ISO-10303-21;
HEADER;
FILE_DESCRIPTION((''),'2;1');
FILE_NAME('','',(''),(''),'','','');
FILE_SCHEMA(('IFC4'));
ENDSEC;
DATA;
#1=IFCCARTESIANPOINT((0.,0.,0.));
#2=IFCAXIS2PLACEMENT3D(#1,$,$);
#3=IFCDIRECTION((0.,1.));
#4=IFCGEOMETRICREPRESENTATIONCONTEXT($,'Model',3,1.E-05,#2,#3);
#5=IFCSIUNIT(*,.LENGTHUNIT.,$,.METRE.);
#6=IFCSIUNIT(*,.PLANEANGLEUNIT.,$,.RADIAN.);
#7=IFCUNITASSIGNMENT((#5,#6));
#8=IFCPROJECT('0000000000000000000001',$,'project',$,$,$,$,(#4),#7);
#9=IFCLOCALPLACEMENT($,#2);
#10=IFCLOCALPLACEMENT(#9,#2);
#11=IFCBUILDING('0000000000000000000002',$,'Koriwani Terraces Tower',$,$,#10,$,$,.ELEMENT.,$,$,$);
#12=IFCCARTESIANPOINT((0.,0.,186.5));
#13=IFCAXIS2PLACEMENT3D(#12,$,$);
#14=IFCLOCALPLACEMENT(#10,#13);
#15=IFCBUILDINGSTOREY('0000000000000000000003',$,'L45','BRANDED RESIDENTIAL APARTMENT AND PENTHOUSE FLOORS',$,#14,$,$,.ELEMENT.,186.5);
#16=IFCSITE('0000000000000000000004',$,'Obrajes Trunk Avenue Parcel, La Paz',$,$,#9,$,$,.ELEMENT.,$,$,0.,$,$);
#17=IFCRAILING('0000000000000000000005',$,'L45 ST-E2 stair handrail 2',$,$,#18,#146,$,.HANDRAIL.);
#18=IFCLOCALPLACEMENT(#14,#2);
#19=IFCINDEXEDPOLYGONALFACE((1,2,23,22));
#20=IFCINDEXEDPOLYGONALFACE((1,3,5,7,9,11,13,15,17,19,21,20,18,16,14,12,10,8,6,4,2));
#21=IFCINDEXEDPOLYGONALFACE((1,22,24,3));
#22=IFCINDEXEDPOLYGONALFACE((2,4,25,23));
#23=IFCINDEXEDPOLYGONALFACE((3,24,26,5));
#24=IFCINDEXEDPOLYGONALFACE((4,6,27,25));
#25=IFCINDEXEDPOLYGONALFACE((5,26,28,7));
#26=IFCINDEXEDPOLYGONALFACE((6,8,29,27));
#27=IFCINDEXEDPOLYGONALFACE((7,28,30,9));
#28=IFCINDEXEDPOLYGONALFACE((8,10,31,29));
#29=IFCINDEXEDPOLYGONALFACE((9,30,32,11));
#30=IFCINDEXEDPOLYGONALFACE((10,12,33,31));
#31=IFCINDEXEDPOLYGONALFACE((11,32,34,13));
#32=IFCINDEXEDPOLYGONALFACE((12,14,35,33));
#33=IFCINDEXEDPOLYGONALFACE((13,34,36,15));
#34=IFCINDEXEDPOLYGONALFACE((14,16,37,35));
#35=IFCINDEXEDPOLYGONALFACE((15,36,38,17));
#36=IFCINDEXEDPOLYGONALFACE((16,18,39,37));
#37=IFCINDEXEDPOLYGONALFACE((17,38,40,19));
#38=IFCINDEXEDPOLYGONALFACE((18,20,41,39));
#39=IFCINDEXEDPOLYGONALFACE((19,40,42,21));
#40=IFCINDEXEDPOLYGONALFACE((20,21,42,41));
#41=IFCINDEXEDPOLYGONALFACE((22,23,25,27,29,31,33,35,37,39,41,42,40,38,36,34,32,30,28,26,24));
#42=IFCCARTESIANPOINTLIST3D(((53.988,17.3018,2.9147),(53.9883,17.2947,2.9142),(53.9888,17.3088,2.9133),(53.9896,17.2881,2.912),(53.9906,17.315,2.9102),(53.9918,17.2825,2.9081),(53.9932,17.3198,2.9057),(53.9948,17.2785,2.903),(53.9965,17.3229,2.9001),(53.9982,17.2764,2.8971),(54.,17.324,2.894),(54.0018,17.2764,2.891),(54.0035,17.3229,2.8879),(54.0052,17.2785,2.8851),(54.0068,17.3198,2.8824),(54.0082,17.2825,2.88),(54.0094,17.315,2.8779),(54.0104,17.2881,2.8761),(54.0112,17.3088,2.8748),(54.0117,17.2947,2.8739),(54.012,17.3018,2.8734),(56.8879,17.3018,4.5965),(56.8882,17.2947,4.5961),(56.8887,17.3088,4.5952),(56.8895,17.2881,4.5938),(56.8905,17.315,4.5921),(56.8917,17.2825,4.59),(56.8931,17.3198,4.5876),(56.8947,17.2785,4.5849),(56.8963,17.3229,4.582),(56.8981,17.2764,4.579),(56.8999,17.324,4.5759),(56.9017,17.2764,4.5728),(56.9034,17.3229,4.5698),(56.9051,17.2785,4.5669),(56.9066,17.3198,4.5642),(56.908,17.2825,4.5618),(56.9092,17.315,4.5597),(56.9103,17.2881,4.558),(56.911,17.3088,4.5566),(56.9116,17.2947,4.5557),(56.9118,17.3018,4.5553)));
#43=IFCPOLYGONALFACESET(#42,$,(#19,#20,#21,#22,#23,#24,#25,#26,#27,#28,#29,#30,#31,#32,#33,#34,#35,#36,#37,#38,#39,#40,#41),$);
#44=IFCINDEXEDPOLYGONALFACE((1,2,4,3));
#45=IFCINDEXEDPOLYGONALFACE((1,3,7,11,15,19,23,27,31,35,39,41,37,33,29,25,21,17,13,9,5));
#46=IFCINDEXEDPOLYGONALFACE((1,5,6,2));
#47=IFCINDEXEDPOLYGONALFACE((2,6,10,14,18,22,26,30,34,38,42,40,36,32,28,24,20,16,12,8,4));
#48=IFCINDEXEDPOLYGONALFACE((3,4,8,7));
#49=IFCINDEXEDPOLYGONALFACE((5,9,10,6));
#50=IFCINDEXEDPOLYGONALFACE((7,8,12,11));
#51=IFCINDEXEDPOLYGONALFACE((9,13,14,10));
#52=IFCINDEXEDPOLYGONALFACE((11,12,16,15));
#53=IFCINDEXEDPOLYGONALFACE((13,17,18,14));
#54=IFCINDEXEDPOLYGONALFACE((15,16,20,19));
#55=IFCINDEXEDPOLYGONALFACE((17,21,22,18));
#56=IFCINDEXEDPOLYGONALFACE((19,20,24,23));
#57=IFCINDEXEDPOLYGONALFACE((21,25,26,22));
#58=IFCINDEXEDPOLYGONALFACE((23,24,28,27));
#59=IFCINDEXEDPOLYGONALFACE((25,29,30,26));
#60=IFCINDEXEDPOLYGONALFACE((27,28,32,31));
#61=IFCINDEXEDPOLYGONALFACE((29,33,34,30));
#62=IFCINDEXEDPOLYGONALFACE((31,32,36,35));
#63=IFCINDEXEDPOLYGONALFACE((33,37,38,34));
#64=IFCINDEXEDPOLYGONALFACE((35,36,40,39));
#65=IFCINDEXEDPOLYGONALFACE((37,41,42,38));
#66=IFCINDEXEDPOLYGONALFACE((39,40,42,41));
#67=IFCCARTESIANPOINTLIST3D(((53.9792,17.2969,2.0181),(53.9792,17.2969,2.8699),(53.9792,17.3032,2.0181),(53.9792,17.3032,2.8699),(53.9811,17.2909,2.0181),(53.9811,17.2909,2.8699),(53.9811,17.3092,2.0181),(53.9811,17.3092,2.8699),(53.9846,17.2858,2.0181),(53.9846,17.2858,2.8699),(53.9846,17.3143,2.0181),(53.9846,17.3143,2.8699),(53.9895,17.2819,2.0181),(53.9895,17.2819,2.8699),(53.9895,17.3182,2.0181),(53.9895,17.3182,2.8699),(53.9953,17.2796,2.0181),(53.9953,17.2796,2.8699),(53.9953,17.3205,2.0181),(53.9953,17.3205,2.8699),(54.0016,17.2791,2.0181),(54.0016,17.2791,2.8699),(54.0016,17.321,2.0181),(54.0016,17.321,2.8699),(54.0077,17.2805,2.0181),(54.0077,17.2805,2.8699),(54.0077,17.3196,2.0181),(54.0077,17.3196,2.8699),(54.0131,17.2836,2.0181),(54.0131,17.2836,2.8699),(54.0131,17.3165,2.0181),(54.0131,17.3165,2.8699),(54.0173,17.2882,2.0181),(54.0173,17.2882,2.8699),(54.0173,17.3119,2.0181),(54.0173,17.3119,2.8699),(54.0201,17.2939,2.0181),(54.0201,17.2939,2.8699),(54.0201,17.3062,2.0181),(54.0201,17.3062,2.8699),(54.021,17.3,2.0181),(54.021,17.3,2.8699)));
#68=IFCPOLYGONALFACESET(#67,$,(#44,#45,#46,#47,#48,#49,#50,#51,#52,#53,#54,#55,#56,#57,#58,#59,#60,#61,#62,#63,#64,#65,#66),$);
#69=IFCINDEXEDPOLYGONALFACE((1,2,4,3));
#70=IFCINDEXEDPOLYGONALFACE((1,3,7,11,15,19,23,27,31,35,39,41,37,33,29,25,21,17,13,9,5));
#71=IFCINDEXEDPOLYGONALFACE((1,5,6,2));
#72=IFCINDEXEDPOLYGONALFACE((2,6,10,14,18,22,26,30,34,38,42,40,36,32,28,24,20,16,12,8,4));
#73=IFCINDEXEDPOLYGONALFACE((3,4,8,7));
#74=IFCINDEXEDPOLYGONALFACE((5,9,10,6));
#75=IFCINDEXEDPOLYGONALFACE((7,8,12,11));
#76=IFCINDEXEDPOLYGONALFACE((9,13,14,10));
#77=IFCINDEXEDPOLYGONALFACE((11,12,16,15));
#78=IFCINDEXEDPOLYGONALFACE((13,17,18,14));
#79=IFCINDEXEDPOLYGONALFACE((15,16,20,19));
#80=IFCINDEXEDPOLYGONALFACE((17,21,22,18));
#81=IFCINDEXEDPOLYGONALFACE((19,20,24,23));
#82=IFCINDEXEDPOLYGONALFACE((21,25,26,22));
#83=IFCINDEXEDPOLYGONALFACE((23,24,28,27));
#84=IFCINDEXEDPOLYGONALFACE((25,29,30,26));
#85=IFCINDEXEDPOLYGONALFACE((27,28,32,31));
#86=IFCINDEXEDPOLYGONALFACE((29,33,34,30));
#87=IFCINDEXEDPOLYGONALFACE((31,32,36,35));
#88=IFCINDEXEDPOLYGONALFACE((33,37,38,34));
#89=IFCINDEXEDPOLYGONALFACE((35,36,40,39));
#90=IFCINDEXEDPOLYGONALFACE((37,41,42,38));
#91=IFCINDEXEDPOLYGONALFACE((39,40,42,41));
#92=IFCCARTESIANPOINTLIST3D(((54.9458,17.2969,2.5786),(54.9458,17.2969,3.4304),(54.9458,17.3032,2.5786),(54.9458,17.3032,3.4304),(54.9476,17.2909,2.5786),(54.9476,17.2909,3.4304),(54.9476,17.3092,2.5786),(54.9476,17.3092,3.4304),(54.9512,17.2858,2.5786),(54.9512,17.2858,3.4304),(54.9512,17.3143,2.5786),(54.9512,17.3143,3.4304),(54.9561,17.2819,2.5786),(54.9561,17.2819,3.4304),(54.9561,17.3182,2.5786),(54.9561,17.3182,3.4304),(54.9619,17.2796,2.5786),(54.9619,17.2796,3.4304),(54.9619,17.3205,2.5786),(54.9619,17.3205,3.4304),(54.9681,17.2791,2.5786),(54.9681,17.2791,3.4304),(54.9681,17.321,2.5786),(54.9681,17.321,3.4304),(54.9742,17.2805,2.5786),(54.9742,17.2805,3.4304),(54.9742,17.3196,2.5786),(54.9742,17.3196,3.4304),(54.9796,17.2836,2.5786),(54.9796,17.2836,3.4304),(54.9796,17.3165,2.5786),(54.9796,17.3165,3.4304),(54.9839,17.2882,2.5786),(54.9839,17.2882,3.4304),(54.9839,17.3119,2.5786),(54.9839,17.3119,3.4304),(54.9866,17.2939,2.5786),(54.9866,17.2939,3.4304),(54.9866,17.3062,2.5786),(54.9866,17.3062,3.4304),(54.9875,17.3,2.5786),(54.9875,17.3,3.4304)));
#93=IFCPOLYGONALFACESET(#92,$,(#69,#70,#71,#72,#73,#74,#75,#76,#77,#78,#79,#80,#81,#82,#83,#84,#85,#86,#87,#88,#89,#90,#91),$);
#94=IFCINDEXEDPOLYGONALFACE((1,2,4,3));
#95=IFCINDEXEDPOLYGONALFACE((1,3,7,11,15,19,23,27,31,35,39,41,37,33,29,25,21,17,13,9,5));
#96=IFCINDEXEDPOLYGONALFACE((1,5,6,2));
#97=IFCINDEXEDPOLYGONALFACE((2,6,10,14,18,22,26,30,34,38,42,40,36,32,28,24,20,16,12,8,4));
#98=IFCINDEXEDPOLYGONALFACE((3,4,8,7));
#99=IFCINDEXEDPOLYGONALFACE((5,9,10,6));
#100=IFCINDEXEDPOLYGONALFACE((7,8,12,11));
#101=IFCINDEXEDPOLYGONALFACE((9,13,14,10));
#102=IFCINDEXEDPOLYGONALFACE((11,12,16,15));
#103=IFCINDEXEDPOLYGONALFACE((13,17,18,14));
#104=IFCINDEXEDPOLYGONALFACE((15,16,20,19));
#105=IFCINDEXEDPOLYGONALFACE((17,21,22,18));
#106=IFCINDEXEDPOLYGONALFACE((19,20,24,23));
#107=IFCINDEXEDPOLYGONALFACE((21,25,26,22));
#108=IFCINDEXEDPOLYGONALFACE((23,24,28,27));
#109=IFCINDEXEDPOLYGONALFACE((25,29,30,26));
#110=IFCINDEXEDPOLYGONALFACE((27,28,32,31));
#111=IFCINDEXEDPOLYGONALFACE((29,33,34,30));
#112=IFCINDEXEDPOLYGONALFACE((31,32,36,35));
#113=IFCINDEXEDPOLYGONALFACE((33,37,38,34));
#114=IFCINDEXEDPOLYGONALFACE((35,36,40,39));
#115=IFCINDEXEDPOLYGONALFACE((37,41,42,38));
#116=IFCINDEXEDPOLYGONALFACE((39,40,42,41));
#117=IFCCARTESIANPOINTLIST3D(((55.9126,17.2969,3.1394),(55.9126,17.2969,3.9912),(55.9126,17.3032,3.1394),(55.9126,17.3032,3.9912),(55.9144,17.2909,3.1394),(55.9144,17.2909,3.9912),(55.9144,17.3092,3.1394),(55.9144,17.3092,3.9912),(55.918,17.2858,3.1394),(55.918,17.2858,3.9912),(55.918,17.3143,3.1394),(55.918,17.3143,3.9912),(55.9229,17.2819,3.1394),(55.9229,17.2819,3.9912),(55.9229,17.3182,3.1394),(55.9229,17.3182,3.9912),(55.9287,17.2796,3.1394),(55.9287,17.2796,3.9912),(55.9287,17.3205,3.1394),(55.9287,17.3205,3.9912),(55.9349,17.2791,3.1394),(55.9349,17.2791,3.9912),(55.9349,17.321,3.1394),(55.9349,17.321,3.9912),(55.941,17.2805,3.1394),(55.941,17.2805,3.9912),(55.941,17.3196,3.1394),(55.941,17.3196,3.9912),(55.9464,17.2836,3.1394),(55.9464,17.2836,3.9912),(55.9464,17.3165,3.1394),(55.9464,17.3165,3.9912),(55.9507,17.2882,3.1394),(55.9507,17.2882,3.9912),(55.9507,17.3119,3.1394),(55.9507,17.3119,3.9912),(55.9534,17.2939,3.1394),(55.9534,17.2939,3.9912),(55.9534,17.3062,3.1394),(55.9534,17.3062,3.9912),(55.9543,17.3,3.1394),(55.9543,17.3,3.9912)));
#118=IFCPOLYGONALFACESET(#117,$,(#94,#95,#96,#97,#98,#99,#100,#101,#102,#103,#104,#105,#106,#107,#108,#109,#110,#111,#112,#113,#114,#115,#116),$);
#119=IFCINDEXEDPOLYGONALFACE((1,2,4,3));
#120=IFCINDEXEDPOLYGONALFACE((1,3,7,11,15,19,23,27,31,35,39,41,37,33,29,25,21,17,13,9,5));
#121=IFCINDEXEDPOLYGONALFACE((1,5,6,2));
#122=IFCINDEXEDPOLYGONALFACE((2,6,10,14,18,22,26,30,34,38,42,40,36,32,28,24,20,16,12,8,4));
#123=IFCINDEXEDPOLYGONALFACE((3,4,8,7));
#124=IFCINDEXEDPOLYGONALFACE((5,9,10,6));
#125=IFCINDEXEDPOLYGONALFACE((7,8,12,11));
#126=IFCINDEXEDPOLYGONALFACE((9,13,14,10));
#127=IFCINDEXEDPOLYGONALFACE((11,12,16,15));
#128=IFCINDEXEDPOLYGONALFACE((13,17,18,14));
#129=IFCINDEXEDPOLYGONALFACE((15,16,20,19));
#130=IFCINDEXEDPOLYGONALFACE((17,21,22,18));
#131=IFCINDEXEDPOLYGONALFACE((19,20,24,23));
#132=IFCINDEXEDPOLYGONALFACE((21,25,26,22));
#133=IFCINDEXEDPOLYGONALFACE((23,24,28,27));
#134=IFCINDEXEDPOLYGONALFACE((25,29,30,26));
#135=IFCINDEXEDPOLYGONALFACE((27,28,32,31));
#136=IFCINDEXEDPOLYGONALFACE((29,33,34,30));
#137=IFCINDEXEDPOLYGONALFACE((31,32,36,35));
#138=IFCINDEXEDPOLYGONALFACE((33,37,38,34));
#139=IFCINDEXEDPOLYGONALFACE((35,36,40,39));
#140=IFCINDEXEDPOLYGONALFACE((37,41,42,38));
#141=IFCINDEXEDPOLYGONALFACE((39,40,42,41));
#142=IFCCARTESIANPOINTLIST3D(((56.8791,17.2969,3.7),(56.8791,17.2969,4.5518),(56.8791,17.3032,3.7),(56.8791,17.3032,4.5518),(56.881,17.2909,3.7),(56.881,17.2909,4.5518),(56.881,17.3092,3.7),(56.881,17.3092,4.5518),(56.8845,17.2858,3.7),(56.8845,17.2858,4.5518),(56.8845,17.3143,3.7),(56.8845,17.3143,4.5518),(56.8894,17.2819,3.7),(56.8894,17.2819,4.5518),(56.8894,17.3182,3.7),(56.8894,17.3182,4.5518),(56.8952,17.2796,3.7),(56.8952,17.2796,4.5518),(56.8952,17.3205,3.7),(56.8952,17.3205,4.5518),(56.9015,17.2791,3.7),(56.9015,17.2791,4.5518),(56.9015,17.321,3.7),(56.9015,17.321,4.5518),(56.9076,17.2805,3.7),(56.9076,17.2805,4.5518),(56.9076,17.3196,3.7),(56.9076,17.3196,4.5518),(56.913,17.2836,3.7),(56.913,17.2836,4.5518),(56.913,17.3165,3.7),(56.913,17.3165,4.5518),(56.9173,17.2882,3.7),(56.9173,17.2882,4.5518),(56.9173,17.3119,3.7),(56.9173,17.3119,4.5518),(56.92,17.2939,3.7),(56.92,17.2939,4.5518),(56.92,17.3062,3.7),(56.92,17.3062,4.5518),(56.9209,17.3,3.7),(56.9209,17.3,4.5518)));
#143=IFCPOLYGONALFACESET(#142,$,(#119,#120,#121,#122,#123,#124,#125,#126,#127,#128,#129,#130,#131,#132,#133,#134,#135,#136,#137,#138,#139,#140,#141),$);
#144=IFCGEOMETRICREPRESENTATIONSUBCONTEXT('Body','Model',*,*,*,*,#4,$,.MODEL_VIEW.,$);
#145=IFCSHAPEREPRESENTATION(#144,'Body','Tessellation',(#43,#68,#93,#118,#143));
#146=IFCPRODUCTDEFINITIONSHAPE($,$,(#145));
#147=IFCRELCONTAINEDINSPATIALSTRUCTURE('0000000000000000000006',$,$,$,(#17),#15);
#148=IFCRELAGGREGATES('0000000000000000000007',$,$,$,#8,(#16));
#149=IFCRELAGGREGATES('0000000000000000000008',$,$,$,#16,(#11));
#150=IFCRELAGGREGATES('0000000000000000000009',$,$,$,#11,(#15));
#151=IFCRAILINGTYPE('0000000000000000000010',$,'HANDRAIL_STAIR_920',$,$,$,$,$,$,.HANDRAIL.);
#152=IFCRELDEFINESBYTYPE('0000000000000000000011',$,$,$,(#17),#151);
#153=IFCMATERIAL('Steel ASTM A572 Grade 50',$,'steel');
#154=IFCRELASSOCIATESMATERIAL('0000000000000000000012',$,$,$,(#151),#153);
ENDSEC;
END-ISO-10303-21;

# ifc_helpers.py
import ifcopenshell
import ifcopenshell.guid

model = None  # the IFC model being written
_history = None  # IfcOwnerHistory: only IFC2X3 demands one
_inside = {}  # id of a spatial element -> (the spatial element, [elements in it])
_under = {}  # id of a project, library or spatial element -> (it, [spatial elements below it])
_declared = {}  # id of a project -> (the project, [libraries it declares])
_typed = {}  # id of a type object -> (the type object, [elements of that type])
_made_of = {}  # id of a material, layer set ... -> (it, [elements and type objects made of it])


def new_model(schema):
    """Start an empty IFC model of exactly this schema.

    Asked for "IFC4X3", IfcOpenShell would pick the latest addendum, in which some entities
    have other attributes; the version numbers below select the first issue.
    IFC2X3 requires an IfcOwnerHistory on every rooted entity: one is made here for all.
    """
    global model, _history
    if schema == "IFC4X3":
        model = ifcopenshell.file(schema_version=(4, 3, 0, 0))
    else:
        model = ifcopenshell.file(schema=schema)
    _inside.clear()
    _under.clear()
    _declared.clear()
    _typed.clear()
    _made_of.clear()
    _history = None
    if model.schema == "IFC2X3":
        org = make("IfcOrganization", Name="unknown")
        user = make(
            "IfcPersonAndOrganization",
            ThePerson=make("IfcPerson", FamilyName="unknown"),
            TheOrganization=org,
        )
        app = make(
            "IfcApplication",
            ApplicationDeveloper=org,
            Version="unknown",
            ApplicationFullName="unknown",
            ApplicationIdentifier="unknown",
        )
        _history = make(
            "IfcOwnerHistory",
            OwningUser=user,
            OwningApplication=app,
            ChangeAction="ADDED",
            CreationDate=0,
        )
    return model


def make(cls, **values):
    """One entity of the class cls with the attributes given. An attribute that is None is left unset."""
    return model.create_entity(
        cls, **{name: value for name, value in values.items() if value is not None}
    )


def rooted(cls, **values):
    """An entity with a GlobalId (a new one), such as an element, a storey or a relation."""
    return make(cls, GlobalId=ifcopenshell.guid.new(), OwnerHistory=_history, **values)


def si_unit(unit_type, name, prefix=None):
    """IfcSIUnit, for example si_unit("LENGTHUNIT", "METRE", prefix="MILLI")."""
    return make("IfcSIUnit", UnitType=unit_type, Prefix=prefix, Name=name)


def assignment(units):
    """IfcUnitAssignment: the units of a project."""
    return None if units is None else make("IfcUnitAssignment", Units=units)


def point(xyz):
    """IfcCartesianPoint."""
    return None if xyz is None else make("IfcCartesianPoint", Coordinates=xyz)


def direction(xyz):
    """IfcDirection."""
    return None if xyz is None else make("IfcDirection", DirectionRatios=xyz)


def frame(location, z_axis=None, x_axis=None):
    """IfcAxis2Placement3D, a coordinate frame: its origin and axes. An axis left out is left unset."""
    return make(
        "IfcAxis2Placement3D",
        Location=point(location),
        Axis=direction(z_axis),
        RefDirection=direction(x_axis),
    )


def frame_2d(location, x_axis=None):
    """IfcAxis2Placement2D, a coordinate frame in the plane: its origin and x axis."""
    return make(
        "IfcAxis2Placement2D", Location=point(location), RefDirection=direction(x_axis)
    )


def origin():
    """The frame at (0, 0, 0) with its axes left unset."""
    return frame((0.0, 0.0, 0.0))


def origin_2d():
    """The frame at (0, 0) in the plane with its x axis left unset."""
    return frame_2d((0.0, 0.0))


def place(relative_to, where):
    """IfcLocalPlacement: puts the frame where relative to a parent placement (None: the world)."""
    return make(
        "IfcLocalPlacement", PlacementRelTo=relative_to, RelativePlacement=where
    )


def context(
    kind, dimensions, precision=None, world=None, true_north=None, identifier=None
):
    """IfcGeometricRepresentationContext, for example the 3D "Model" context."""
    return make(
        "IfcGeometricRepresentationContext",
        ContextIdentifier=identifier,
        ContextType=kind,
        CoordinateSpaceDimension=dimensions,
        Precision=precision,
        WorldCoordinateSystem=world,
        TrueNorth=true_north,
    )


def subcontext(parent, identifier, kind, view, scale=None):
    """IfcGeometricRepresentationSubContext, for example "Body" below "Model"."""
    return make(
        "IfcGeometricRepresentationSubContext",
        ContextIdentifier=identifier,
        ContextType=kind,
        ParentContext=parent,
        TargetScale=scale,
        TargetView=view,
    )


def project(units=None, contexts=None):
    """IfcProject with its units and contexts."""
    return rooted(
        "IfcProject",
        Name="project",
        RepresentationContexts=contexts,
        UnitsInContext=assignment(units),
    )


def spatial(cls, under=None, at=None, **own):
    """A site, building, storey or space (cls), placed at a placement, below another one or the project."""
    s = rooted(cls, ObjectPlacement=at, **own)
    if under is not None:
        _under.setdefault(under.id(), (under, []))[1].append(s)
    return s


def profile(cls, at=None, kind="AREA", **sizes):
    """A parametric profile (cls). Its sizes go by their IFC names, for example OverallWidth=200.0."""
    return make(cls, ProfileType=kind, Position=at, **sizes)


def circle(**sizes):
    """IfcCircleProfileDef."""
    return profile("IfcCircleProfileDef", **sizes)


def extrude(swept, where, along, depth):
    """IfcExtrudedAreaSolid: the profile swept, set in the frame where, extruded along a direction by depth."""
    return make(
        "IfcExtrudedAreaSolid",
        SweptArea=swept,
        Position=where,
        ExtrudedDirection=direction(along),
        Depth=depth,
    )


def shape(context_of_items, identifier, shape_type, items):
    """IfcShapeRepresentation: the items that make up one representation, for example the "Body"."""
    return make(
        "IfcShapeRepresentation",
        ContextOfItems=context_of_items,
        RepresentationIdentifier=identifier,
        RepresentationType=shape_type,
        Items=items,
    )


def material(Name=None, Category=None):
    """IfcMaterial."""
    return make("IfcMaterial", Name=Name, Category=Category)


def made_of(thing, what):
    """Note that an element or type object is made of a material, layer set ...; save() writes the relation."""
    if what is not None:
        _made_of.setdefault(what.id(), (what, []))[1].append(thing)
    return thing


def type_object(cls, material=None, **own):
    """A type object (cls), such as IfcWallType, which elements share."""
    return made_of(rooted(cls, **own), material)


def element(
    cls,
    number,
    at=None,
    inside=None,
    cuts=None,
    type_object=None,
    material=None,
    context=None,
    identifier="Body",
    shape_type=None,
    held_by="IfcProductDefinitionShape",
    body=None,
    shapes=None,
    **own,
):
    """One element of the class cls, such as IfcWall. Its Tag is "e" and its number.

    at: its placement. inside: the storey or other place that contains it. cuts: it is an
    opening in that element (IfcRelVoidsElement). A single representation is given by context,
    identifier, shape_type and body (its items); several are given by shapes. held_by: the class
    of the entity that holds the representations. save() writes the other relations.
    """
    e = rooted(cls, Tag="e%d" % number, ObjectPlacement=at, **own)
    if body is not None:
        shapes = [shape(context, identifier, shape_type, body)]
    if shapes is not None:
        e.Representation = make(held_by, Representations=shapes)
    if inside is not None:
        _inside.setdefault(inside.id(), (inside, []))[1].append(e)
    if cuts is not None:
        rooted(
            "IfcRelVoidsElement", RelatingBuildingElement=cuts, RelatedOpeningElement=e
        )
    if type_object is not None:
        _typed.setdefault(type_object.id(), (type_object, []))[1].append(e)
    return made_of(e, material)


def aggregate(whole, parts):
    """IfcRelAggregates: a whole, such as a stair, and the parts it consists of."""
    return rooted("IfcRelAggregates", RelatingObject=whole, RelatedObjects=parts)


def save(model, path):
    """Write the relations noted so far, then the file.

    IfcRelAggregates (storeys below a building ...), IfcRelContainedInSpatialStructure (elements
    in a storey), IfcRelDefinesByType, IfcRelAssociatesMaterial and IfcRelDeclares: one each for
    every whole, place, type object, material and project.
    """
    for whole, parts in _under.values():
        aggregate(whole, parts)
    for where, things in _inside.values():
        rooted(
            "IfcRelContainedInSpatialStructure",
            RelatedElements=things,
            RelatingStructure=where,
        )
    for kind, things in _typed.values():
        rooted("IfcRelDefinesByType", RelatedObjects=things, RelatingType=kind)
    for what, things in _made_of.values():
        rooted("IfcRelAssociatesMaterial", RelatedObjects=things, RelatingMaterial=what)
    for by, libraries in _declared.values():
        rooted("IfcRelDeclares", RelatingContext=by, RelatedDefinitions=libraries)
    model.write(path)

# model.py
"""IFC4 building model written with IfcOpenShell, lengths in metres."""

from ifc_helpers import new_model, si_unit, direction, frame, origin, origin_2d, place, context, subcontext, project, spatial, circle, extrude, material, type_object, element, save


model = new_model("IFC4")

# Units and contexts
model_context = context("Model", 3, precision=1e-05, world=origin(), true_north=direction((0.0, 1.0)))
body_context = subcontext(model_context, "Body", "Model", "MODEL_VIEW")
ifc_project = project(units=[si_unit("LENGTHUNIT", "METRE"), si_unit("PLANEANGLEUNIT", "RADIAN")], contexts=[model_context])

# Site, building, storey
site_placement = place(None, origin())
site = spatial("IfcSite", under=ifc_project, at=site_placement, Name="Obrajes Trunk Avenue Parcel, La Paz", CompositionType="ELEMENT", RefElevation=0.0)
building_placement = place(site_placement, origin())
building = spatial("IfcBuilding", under=site, at=building_placement, Name="Koriwani Terraces Tower", CompositionType="ELEMENT")
storey_placement = place(building_placement, frame((0.0, 0.0, 186.5)))
storey = spatial("IfcBuildingStorey", under=building, at=storey_placement, Name="L45", Description="BRANDED RESIDENTIAL APARTMENT AND PENTHOUSE FLOORS", CompositionType="ELEMENT", Elevation=186.5)

# Shared definitions
ifc_material_1 = material(Name="Steel ASTM A572 Grade 50", Category="steel")

# Railing
railing_type_1 = type_object("IfcRailingType", Name="HANDRAIL_STAIR_920", PredefinedType="HANDRAIL", material=ifc_material_1)
railing_1_placement = place(storey_placement, frame((54.0, 17.3, 2.0181)))
element("IfcRailing", 1, at=railing_1_placement, inside=storey, type_object=railing_type_1, Name="L45 ST-E2 stair handrail 2", PredefinedType="HANDRAIL", context=body_context, shape_type="SweptSolid", body=[
    extrude(circle(Radius=0.0239, at=origin_2d()), frame((0.0, 0.0, 0.876), z_axis=(0.865039, 0.0, 0.501705), x_axis=(0.0, 1.0, 0.0)), (0.0, 0.0, 1.0), 3.3523),
    extrude(circle(Radius=0.021, at=origin_2d()), origin(), (0.0, 0.0, 1.0), 0.8518),
    extrude(circle(Radius=0.021, at=origin_2d()), frame((0.9666, 0.0, 0.5605)), (0.0, 0.0, 1.0), 0.8518),
    extrude(circle(Radius=0.021, at=origin_2d()), frame((1.9333, 0.0, 1.1213)), (0.0, 0.0, 1.0), 0.8518),
    extrude(circle(Radius=0.021, at=origin_2d()), frame((2.8999, 0.0, 1.6819)), (0.0, 0.0, 1.0), 0.8518),
])

save(model, "model.ifc")
